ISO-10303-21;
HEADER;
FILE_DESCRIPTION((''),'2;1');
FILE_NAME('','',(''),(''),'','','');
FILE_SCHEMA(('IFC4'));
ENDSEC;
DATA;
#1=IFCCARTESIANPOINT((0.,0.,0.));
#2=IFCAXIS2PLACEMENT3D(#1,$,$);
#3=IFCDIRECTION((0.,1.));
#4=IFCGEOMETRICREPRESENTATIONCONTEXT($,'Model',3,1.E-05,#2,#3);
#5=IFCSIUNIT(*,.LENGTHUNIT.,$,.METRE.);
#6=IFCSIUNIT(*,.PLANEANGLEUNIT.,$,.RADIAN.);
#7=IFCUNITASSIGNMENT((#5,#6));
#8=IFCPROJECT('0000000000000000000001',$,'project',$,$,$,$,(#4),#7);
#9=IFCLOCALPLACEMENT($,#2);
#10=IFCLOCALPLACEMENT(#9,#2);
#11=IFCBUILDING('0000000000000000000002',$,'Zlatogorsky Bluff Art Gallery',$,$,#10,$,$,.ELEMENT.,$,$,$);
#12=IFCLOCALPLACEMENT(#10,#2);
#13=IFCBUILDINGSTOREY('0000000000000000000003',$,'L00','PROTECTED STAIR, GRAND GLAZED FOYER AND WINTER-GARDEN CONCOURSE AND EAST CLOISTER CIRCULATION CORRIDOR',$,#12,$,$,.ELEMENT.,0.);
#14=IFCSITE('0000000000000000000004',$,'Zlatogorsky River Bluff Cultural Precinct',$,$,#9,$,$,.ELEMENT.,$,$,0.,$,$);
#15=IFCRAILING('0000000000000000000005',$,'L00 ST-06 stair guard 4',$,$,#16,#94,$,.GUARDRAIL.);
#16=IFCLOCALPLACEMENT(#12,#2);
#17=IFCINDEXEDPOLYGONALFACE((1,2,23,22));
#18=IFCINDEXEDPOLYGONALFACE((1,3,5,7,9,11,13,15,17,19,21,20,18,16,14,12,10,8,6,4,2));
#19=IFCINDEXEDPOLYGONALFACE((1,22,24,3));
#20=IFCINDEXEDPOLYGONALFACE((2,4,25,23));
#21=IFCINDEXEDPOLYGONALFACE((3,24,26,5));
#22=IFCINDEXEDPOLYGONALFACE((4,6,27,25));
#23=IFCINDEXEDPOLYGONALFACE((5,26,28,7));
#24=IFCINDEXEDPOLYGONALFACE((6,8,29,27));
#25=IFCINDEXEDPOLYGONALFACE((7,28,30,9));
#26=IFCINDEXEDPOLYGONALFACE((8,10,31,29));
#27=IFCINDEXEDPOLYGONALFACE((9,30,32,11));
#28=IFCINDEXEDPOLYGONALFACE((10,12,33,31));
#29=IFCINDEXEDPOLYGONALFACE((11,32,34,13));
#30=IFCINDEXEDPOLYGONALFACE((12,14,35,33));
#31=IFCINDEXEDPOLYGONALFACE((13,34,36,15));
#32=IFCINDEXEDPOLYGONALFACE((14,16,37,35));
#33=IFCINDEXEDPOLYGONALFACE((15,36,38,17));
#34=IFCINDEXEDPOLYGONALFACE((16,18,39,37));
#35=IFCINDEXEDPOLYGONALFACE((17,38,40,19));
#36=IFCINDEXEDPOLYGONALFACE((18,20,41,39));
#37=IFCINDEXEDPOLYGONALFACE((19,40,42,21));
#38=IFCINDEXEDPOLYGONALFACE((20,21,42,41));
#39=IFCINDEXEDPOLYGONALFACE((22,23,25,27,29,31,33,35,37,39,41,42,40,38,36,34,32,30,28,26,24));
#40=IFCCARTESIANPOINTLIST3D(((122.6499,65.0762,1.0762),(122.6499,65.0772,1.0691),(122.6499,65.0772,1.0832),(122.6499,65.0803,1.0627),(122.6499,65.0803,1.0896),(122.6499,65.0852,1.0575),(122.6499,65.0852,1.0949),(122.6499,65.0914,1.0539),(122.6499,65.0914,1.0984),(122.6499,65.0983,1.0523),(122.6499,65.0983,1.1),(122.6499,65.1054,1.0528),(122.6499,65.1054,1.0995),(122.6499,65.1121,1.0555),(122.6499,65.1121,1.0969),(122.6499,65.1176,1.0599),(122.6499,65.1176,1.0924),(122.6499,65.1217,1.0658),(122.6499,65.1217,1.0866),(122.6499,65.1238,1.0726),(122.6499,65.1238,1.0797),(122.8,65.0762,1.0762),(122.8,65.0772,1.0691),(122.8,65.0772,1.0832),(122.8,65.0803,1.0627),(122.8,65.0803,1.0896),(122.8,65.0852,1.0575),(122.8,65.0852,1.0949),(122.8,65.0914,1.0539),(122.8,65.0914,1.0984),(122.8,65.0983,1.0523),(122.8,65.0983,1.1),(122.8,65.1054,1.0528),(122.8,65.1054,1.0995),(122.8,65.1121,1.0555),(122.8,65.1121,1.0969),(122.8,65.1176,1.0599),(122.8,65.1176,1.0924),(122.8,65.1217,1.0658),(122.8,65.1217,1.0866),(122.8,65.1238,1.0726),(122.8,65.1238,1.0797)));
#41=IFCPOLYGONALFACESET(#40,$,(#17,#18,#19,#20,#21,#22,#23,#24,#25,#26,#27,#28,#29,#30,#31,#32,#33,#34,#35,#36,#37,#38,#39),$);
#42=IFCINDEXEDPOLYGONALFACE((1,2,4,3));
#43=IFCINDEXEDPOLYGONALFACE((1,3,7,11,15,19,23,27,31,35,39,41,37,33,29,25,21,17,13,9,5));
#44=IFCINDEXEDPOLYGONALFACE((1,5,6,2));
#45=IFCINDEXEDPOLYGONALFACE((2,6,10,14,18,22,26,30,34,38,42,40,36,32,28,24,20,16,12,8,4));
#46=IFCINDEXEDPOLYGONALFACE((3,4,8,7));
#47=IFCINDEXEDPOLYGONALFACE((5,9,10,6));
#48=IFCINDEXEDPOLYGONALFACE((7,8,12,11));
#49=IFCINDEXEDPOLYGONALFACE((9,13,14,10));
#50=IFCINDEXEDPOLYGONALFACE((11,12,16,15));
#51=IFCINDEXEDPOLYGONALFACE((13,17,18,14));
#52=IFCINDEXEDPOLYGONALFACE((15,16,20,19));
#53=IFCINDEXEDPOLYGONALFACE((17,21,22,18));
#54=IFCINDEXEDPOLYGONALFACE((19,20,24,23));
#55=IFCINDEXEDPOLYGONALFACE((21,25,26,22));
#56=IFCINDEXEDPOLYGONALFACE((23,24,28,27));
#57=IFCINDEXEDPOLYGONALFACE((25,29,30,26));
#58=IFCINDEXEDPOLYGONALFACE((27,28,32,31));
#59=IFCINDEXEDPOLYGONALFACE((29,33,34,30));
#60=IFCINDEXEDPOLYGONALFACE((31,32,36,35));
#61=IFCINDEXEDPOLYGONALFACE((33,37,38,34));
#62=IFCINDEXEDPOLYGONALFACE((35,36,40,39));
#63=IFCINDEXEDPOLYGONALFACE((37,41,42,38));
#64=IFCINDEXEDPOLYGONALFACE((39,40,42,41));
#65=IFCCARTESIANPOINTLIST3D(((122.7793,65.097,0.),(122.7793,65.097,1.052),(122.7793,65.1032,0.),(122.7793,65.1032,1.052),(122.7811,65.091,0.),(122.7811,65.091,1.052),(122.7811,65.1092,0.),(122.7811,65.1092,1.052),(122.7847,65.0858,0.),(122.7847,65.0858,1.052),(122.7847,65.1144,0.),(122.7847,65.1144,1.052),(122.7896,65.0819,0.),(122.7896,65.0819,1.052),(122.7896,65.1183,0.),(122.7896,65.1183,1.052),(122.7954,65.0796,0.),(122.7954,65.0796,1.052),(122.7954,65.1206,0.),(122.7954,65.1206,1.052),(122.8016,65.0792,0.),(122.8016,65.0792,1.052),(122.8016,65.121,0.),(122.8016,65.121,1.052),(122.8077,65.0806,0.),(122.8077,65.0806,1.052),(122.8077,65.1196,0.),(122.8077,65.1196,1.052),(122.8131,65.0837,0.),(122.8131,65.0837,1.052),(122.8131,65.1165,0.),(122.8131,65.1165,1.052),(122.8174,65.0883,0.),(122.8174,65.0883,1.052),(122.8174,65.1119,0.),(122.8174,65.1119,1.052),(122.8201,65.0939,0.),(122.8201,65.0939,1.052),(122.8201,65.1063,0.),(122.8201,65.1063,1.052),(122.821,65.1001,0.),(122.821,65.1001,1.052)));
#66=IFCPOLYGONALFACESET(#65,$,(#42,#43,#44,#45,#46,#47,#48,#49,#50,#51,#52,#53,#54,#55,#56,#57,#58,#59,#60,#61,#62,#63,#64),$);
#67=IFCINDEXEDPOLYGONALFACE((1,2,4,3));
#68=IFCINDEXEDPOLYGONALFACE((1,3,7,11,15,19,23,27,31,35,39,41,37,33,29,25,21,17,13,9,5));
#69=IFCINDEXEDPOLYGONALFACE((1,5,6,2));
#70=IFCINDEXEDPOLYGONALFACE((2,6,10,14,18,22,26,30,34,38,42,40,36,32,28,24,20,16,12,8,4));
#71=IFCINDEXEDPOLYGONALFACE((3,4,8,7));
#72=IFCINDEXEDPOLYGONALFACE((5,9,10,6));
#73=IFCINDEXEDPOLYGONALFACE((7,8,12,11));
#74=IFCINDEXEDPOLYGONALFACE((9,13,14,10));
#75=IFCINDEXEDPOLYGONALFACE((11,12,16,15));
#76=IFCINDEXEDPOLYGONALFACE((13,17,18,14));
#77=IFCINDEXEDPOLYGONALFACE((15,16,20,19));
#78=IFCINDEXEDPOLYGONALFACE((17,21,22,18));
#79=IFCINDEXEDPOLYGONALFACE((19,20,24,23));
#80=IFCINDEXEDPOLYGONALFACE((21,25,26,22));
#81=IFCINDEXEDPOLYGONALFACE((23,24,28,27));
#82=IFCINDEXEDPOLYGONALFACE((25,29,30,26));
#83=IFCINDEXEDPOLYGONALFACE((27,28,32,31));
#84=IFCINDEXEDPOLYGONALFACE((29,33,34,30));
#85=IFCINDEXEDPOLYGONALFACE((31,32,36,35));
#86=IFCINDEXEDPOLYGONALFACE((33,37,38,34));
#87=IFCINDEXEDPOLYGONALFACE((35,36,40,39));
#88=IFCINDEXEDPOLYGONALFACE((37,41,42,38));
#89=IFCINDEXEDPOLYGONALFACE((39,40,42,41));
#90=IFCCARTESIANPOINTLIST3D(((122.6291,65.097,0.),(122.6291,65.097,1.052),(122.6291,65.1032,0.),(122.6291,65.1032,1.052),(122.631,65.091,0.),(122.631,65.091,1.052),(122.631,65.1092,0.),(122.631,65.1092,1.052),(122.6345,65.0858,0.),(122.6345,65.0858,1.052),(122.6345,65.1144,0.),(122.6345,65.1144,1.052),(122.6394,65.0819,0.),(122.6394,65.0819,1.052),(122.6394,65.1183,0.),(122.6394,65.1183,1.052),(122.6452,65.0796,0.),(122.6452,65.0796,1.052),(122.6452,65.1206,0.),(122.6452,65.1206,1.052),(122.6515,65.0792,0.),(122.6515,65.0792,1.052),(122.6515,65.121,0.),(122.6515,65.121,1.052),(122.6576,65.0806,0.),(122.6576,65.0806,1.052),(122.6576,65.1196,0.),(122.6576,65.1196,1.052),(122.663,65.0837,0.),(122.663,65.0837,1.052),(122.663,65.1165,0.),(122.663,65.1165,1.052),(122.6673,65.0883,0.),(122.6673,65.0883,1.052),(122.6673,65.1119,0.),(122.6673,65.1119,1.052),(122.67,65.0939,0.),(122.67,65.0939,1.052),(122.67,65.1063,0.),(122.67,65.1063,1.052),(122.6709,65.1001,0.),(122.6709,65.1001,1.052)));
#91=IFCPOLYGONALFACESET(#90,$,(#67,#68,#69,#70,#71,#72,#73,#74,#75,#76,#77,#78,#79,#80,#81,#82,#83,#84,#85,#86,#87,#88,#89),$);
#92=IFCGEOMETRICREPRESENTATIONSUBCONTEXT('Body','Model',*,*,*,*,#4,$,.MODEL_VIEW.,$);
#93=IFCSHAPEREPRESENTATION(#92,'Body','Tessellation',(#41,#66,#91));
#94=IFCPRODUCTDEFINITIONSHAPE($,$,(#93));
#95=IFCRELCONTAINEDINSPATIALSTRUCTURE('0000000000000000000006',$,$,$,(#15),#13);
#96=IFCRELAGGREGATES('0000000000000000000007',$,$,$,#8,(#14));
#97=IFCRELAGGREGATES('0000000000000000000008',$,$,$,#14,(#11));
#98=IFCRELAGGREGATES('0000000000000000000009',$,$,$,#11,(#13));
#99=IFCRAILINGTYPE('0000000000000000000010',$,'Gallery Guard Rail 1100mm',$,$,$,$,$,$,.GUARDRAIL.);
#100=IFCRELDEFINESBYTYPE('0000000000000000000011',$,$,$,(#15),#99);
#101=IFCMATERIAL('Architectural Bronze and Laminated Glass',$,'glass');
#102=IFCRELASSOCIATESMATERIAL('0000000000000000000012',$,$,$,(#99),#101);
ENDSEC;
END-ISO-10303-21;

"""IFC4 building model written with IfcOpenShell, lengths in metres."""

from ifc_helpers import new_model, si_unit, direction, frame, origin, origin_2d, place, context, subcontext, project, spatial, circle, extrude, material, type_object, element, save


model = new_model("IFC4")

# Units and contexts
model_context = context("Model", 3, precision=1e-05, world=origin(), true_north=direction((0.0, 1.0)))
body_context = subcontext(model_context, "Body", "Model", "MODEL_VIEW")
ifc_project = project(units=[si_unit("LENGTHUNIT", "METRE"), si_unit("PLANEANGLEUNIT", "RADIAN")], contexts=[model_context])

# Site, building, storey
site_placement = place(None, origin())
site = spatial("IfcSite", under=ifc_project, at=site_placement, Name="Zlatogorsky River Bluff Cultural Precinct", CompositionType="ELEMENT", RefElevation=0.0)
building_placement = place(site_placement, origin())
building = spatial("IfcBuilding", under=site, at=building_placement, Name="Zlatogorsky Bluff Art Gallery", CompositionType="ELEMENT")
storey_placement = place(building_placement, origin())
storey = spatial("IfcBuildingStorey", under=building, at=storey_placement, Name="L00", Description="PROTECTED STAIR, GRAND GLAZED FOYER AND WINTER-GARDEN CONCOURSE AND EAST CLOISTER CIRCULATION CORRIDOR", CompositionType="ELEMENT", Elevation=0.0)

# Railing
ifc_material_1 = material(Name="Architectural Bronze and Laminated Glass", Category="glass")
railing_type_1 = type_object("IfcRailingType", Name="Gallery Guard Rail 1100mm", PredefinedType="GUARDRAIL", material=ifc_material_1)
railing_1_placement = place(storey_placement, frame((122.8, 65.1001, 0.0)))
element("IfcRailing", 1, at=railing_1_placement, inside=storey, type_object=railing_type_1, Name="L00 ST-06 stair guard 4", PredefinedType="GUARDRAIL", context=body_context, shape_type="SweptSolid", body=[
    extrude(circle(Radius=0.0239, at=origin_2d()), frame((0.0, 0.0, 1.0762), z_axis=(-1.0, 0.0, 0.0), x_axis=(0.0, -1.0, 0.0)), (0.0, 0.0, 1.0), 0.1501),
    extrude(circle(Radius=0.021, at=origin_2d()), origin(), (0.0, 0.0, 1.0), 1.052),
    extrude(circle(Radius=0.021, at=origin_2d()), frame((-0.1501, 0.0, 0.0)), (0.0, 0.0, 1.0), 1.052),
])

save(model, "model.ifc")
